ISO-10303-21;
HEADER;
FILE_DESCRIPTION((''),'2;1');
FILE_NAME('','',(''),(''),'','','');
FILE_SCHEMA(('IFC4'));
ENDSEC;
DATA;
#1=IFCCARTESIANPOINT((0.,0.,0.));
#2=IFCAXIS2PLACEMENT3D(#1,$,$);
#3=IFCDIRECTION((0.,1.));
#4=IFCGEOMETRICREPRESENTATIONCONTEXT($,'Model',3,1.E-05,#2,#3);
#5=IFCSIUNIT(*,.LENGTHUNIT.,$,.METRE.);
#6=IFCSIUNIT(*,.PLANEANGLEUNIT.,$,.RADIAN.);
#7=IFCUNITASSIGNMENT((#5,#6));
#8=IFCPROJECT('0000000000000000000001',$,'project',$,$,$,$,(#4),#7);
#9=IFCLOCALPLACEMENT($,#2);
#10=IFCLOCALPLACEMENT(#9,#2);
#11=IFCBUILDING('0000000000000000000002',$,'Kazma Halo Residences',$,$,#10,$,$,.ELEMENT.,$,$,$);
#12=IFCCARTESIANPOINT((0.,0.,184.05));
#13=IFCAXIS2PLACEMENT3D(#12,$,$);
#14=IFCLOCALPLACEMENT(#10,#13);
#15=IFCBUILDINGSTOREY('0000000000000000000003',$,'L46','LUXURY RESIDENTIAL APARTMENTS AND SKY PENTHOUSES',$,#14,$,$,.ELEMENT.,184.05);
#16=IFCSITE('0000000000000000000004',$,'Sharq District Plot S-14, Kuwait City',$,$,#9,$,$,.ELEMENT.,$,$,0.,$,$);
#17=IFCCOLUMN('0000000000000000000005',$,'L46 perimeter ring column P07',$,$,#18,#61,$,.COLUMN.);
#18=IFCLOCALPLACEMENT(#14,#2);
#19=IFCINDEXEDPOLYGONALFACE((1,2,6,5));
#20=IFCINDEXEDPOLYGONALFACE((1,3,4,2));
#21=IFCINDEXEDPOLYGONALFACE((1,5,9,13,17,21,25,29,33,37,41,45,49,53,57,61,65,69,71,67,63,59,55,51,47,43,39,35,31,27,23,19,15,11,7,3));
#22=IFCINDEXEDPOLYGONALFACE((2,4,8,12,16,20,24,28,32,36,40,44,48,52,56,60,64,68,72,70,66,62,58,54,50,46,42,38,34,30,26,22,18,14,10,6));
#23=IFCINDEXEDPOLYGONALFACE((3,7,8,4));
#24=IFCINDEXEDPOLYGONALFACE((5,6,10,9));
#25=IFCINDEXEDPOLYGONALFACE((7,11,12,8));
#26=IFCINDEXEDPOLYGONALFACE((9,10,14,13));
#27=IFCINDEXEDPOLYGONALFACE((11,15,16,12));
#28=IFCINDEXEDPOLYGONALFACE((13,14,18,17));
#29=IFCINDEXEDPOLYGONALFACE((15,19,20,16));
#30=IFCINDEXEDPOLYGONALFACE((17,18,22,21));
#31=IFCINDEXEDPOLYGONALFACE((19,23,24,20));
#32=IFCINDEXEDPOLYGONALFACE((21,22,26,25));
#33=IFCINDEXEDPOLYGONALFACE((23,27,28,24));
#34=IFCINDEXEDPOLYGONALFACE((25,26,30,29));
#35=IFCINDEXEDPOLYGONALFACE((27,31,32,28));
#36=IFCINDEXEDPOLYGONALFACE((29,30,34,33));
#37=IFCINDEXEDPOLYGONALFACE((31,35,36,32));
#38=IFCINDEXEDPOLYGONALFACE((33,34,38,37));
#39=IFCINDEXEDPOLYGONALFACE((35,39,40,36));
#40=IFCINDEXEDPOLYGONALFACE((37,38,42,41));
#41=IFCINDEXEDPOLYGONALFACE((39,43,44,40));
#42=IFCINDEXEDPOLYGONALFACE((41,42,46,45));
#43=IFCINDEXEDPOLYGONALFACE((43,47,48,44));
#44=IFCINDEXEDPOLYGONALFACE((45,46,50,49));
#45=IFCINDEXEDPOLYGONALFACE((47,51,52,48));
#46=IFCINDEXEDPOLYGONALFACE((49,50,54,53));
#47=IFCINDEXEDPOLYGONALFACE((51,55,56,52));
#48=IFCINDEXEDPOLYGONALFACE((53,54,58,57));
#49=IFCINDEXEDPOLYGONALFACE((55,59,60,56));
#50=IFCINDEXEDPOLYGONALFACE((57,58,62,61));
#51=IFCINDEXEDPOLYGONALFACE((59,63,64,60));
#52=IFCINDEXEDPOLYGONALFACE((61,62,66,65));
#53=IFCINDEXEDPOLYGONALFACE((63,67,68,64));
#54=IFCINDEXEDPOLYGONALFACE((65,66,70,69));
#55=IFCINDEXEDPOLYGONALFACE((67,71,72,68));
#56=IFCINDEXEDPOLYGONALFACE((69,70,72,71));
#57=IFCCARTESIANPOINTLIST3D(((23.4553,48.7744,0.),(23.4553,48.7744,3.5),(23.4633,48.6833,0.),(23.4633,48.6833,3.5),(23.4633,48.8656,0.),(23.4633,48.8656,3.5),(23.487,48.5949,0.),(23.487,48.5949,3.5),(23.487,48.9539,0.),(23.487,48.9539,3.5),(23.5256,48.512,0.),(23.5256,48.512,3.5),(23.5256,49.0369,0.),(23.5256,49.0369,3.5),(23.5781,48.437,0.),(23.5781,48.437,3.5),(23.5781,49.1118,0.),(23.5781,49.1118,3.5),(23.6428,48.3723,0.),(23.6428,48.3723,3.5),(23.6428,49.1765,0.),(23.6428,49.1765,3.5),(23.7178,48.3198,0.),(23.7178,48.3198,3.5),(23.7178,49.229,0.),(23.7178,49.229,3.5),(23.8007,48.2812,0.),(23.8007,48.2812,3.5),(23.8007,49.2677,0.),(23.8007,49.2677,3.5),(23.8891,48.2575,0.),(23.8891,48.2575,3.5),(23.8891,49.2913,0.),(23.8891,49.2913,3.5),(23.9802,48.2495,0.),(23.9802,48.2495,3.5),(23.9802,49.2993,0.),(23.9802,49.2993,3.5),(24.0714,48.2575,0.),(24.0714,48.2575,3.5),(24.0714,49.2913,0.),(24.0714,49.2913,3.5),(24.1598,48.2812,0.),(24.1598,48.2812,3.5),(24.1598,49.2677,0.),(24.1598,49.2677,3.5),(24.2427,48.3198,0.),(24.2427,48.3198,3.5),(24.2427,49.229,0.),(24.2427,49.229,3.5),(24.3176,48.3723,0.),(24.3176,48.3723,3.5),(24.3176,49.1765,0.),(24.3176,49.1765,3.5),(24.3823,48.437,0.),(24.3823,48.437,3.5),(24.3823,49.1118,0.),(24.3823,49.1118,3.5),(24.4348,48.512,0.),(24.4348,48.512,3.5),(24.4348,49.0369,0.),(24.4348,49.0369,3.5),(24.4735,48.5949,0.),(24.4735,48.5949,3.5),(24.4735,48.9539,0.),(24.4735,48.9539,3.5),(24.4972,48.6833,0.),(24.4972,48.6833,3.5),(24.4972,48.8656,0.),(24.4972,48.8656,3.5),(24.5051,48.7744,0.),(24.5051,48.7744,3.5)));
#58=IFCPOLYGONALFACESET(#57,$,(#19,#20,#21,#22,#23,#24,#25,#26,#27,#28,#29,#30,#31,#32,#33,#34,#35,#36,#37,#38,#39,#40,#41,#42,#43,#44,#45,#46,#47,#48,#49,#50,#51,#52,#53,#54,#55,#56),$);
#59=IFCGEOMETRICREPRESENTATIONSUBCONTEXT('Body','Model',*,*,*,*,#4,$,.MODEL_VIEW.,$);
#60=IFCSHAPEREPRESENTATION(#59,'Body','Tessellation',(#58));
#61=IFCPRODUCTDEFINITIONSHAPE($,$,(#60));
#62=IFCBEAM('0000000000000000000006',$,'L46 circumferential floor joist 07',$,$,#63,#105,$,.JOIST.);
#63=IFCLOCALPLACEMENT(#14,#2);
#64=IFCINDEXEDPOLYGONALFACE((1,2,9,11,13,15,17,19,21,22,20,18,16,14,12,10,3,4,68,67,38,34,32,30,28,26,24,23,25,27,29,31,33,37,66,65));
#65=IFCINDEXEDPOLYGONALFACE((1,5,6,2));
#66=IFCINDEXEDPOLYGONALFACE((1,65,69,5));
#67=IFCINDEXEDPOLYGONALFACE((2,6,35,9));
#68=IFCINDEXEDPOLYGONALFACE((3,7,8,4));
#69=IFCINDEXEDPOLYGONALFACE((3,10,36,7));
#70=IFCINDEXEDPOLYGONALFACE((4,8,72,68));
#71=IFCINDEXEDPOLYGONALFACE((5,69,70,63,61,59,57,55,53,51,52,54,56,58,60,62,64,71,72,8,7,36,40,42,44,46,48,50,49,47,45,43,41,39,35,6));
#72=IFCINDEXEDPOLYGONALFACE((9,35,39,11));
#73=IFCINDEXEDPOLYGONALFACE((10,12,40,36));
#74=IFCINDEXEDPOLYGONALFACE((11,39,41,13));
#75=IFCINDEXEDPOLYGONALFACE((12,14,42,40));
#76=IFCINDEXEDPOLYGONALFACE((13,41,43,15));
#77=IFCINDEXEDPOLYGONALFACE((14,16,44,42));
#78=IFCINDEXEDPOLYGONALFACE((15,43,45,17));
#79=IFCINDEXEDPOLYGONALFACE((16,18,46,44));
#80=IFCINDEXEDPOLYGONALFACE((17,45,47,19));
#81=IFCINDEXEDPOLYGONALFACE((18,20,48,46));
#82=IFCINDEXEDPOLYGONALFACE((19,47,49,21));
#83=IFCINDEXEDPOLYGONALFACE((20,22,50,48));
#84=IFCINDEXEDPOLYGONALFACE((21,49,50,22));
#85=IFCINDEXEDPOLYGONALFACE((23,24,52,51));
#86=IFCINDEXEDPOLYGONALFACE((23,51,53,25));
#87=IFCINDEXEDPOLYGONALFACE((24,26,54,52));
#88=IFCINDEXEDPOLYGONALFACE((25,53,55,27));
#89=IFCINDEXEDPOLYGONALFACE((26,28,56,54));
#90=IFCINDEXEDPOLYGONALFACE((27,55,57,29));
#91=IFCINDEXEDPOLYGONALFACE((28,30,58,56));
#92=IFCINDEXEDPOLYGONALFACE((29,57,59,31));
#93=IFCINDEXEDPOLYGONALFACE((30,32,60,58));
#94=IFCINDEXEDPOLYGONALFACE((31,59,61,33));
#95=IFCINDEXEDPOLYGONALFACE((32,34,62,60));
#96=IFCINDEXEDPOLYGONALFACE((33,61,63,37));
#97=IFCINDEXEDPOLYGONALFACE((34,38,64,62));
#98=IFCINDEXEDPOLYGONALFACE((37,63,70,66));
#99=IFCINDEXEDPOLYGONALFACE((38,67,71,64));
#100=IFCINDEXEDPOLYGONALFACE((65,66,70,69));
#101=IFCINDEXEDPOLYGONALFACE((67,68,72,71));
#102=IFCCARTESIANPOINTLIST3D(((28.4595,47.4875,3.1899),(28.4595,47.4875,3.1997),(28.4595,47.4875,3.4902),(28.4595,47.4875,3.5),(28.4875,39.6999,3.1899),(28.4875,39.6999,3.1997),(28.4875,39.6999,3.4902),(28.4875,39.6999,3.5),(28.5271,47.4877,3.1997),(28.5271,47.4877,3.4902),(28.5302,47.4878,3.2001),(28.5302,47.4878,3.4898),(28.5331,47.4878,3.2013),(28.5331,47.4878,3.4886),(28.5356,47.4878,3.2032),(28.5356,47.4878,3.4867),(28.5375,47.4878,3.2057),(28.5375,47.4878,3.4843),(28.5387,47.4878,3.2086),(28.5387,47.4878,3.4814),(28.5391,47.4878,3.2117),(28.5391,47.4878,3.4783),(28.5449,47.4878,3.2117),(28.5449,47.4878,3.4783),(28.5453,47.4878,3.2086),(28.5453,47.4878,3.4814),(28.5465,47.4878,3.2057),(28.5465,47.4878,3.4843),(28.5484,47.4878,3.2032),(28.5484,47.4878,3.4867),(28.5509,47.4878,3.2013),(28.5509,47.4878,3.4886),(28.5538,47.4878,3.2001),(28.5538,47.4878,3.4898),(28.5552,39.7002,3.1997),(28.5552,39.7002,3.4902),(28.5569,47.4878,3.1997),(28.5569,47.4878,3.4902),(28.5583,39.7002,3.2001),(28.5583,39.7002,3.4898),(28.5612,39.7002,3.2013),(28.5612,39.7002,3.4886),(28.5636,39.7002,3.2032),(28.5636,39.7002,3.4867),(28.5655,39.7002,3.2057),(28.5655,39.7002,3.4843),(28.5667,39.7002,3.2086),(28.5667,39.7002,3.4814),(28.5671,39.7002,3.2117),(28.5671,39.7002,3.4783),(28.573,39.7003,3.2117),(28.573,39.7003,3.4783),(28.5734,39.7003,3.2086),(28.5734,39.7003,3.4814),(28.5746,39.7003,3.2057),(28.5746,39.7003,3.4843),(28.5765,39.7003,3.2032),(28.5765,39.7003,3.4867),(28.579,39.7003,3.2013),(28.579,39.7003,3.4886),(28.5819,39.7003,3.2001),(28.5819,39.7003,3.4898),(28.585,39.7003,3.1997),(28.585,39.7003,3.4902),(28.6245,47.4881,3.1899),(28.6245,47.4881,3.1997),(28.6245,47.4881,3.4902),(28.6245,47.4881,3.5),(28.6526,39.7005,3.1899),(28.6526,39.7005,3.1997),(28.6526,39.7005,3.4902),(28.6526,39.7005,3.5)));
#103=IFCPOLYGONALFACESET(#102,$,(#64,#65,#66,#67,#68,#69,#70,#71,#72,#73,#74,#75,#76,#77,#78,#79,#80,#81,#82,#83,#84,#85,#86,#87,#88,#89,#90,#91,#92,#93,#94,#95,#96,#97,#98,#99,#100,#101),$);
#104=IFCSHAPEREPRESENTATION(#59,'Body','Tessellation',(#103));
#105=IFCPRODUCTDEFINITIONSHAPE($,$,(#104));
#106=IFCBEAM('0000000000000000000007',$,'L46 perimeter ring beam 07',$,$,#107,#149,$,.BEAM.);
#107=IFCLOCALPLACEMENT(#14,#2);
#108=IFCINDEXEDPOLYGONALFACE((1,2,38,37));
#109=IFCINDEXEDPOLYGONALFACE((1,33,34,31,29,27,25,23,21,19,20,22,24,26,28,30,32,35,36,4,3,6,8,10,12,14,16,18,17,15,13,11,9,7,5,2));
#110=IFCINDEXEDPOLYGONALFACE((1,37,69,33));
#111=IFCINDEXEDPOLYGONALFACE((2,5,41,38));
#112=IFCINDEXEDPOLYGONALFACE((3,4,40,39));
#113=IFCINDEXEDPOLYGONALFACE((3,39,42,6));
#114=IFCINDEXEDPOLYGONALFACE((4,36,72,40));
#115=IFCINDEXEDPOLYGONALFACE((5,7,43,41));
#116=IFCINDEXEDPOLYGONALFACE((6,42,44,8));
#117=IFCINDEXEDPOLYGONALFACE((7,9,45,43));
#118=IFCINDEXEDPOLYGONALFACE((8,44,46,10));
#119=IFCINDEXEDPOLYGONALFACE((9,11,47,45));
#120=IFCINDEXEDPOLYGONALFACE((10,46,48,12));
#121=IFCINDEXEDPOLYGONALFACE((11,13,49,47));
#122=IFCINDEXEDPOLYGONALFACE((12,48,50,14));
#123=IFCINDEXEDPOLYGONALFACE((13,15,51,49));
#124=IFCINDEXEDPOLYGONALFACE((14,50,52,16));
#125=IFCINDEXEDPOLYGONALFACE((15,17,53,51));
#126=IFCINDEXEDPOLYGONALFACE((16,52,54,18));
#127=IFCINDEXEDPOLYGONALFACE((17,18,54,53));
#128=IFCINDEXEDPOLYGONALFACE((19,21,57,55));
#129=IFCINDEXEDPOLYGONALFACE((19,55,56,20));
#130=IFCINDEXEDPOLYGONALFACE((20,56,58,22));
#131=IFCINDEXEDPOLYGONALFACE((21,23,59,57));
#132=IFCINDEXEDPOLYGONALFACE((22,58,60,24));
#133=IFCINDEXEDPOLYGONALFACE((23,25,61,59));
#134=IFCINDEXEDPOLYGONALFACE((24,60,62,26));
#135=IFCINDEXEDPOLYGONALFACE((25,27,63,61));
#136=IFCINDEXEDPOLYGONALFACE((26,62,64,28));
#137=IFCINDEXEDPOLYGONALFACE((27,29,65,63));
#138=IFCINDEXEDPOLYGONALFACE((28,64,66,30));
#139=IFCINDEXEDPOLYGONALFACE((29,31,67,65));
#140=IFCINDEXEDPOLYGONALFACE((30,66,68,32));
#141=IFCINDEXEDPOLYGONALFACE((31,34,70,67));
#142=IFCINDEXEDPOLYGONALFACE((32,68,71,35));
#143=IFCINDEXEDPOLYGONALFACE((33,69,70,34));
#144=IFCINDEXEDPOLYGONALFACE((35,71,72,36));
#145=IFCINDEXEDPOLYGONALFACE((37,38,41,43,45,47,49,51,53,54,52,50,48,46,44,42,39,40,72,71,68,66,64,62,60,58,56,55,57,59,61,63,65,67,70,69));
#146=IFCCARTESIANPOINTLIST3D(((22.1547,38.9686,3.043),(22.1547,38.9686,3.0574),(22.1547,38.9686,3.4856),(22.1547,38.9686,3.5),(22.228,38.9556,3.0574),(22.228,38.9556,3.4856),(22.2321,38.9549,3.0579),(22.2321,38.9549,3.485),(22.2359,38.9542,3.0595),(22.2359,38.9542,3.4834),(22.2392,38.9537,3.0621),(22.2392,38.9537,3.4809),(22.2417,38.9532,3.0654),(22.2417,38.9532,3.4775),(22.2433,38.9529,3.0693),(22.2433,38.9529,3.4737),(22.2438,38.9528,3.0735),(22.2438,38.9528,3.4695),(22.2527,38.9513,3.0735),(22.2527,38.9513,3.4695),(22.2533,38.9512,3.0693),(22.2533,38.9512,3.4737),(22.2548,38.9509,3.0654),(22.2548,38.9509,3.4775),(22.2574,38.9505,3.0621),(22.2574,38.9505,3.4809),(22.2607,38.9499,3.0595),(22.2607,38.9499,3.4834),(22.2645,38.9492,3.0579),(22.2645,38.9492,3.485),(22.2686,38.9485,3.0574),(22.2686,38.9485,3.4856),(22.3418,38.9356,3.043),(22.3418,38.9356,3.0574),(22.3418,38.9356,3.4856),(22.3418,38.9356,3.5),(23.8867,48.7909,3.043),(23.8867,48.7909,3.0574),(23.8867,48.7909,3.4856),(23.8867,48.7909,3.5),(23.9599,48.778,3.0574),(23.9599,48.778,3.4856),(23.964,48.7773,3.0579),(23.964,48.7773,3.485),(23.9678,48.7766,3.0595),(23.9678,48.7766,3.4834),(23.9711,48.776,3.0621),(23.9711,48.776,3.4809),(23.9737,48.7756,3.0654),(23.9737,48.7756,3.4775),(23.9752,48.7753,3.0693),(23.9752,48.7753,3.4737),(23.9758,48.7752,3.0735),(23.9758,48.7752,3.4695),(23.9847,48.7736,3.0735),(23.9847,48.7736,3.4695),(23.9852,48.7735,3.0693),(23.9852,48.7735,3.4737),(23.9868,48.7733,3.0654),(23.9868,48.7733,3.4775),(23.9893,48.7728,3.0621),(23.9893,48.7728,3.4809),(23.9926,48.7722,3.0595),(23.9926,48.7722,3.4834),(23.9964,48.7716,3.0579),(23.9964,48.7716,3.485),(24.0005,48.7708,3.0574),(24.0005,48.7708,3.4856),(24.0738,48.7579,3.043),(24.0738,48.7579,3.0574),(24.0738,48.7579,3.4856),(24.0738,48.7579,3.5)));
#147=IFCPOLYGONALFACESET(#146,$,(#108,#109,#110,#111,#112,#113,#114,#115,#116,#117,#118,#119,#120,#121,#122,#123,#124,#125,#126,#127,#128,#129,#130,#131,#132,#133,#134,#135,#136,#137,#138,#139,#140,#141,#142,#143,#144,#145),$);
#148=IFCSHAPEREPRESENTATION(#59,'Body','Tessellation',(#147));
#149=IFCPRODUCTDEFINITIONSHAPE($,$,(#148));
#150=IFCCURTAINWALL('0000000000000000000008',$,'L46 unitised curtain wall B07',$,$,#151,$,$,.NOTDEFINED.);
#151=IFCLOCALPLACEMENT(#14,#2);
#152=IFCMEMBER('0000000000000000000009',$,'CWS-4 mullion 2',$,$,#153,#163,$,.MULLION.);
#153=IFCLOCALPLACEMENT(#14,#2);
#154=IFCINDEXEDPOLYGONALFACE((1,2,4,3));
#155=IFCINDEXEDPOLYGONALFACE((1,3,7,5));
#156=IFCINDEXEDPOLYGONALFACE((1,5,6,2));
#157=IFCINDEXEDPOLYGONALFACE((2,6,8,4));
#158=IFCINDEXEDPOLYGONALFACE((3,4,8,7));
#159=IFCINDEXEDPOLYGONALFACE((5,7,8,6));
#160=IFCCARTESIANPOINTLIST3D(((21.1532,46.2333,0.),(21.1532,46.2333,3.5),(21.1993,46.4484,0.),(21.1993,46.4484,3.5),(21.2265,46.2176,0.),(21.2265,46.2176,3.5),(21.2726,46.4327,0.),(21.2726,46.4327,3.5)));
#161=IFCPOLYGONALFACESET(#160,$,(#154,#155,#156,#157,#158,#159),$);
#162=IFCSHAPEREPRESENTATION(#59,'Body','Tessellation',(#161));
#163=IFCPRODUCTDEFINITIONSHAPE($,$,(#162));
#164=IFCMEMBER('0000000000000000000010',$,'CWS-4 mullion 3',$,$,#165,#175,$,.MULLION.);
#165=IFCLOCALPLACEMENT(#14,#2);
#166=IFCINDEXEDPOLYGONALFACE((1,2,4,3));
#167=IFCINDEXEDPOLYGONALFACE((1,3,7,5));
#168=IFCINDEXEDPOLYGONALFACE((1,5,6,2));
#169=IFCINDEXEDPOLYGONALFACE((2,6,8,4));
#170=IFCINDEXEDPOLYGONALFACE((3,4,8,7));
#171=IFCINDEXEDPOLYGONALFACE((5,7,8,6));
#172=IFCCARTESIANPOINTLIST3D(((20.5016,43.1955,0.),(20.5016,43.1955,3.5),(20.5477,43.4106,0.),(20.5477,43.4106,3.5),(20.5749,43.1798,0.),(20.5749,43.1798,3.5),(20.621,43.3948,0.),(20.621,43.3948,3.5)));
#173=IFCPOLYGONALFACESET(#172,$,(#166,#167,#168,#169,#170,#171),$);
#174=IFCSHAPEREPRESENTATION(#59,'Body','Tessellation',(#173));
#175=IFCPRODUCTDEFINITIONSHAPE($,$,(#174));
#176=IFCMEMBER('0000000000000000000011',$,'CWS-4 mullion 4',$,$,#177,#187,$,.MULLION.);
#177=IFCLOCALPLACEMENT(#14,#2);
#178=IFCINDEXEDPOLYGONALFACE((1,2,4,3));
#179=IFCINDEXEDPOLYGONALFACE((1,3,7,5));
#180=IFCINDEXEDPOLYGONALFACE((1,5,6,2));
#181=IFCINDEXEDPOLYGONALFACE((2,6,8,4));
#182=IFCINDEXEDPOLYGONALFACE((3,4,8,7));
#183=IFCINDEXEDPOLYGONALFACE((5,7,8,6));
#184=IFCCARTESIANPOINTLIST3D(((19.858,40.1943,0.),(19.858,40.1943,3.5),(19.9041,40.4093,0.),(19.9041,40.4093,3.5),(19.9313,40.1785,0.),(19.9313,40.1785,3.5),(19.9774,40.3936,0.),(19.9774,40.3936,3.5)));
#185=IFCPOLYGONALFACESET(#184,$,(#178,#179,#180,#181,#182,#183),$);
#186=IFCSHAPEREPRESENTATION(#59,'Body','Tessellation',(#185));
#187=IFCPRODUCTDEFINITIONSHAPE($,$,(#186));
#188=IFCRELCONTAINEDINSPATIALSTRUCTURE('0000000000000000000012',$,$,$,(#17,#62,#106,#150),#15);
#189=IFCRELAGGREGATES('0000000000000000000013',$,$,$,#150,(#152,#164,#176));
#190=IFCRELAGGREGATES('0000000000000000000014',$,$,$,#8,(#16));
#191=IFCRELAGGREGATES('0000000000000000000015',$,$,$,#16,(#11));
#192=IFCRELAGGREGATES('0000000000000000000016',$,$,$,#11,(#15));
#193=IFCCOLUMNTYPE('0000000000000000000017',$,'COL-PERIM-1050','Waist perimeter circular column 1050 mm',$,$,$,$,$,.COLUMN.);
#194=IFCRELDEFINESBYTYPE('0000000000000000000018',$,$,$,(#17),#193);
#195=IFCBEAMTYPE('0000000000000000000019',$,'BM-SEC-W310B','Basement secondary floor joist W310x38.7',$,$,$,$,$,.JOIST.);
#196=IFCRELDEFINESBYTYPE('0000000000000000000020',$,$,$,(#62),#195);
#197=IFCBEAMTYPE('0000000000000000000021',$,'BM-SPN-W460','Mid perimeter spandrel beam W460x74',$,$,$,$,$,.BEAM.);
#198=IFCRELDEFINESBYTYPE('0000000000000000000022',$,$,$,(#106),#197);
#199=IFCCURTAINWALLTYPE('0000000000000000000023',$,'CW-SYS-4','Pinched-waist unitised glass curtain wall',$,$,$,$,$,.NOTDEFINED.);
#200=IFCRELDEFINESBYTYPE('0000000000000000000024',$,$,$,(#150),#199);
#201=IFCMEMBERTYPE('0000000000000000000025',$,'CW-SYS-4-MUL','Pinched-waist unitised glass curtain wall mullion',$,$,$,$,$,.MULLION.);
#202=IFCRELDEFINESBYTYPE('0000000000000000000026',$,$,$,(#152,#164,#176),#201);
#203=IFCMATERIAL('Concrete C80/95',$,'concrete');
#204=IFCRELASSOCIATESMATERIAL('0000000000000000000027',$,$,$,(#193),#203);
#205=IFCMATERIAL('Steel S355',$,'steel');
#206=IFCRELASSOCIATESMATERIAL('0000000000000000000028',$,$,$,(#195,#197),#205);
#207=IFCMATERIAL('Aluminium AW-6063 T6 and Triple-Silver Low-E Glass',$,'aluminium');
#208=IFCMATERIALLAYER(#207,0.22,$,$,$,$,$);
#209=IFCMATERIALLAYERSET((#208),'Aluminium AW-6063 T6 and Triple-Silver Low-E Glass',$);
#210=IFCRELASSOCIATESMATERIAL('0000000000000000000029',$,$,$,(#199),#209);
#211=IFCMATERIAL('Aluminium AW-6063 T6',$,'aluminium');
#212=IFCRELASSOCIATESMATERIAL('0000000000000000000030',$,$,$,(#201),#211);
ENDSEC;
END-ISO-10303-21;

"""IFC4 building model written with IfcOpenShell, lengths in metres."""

from ifc_helpers import new_model, si_unit, direction, frame, origin, origin_2d, place, context, subcontext, project, spatial, rectangle, circle, i_section, extrude, material, layer, layer_set, material_profile, profile_set, type_object, element, aggregate, save


model = new_model("IFC4")

# Units and contexts
model_context = context("Model", 3, precision=1e-05, world=origin(), true_north=direction((0.0, 1.0)))
body_context = subcontext(model_context, "Body", "Model", "MODEL_VIEW")
ifc_project = project(units=[si_unit("LENGTHUNIT", "METRE"), si_unit("PLANEANGLEUNIT", "RADIAN")], contexts=[model_context])

# Site, building, storey
site_placement = place(None, origin())
site = spatial("IfcSite", under=ifc_project, at=site_placement, Name="Sharq District Plot S-14, Kuwait City", CompositionType="ELEMENT", RefElevation=0.0)
building_placement = place(site_placement, origin())
building = spatial("IfcBuilding", under=site, at=building_placement, Name="Kazma Halo Residences", CompositionType="ELEMENT")
storey_placement = place(building_placement, frame((0.0, 0.0, 184.05)))
storey = spatial("IfcBuildingStorey", under=building, at=storey_placement, Name="L46", Description="LUXURY RESIDENTIAL APARTMENTS AND SKY PENTHOUSES", CompositionType="ELEMENT", Elevation=184.05)

# Column
ifc_material_1 = material(Name="Concrete C80/95", Category="concrete")
ifc_material_profile_1 = material_profile(ifc_material_1, circle(Radius=0.5249, at=origin_2d()), Name="CIRC1050")
ifc_profile_set_1 = profile_set([ifc_material_profile_1], Name="Concrete C80/95")
column_type = type_object("IfcColumnType", Name="COL-PERIM-1050", Description="Waist perimeter circular column 1050 mm", PredefinedType="COLUMN", material=ifc_profile_set_1)
column_placement = place(storey_placement, frame((23.9802, 48.7744, 0.0), z_axis=(0.0, 0.0, 1.0), x_axis=(1.0, 0.0, 0.0)))
element("IfcColumn", 1, at=column_placement, inside=storey, type_object=column_type, Name="L46 perimeter ring column P07", PredefinedType="COLUMN", context=body_context, shape_type="SweptSolid", body=[
    extrude(circle(Radius=0.5249, at=origin_2d()), origin(), (0.0, 0.0, 1.0), 3.5),
])

# Beams
ifc_material_2 = material(Name="Steel S355", Category="steel")
ifc_material_profile_2 = material_profile(ifc_material_2, i_section(OverallWidth=0.165, OverallDepth=0.3101, WebThickness=0.0059, FlangeThickness=0.0098, FilletRadius=0.012, at=origin_2d()), Name="W310x38.7")
ifc_profile_set_2 = profile_set([ifc_material_profile_2], Name="Steel S355")
beam_type_1 = type_object("IfcBeamType", Name="BM-SEC-W310B", Description="Basement secondary floor joist W310x38.7", PredefinedType="JOIST", material=ifc_profile_set_2)
beam_1_placement = place(storey_placement, frame((28.542, 47.4878, 3.345), z_axis=(0.003605, -0.999994, 0.0), x_axis=(0.999994, 0.003605, 0.0)))
element("IfcBeam", 2, at=beam_1_placement, inside=storey, type_object=beam_type_1, Name="L46 circumferential floor joist 07", PredefinedType="JOIST", context=body_context, shape_type="SweptSolid", body=[
    extrude(i_section(OverallWidth=0.165, OverallDepth=0.3101, WebThickness=0.0059, FlangeThickness=0.0098, FilletRadius=0.012, at=origin_2d()), origin(), (0.0, 0.0, 1.0), 7.7876),
])
ifc_material_profile_3 = material_profile(ifc_material_2, i_section(OverallWidth=0.1899, OverallDepth=0.457, WebThickness=0.009, FlangeThickness=0.0144, FilletRadius=0.0161, at=origin_2d()), Name="W460x74")
ifc_profile_set_3 = profile_set([ifc_material_profile_3], Name="Steel S355")
beam_type_2 = type_object("IfcBeamType", Name="BM-SPN-W460", Description="Mid perimeter spandrel beam W460x74", PredefinedType="BEAM", material=ifc_profile_set_3)
beam_2_placement = place(storey_placement, frame((23.9802, 48.7744, 3.2715), z_axis=(-0.173648, -0.984808, 0.0), x_axis=(0.984808, -0.173648, 0.0)))
element("IfcBeam", 3, at=beam_2_placement, inside=storey, type_object=beam_type_2, Name="L46 perimeter ring beam 07", PredefinedType="BEAM", context=body_context, shape_type="SweptSolid", body=[
    extrude(i_section(OverallWidth=0.1899, OverallDepth=0.457, WebThickness=0.009, FlangeThickness=0.0144, FilletRadius=0.0161, at=origin_2d()), origin(), (0.0, 0.0, 1.0), 9.9739),
])

# Curtain wall, members
ifc_material_3 = material(Name="Aluminium AW-6063 T6 and Triple-Silver Low-E Glass", Category="aluminium")
ifc_layer_1 = layer(ifc_material_3, 0.22)
ifc_layer_set_1 = layer_set([ifc_layer_1], Name="Aluminium AW-6063 T6 and Triple-Silver Low-E Glass")
curtain_wall_type = type_object("IfcCurtainWallType", Name="CW-SYS-4", Description="Pinched-waist unitised glass curtain wall", PredefinedType="NOTDEFINED", material=ifc_layer_set_1)
curtain_wall_placement = place(storey_placement, origin())
curtain_wall = element("IfcCurtainWall", 4, at=curtain_wall_placement, inside=storey, type_object=curtain_wall_type, Name="L46 unitised curtain wall B07", PredefinedType="NOTDEFINED")
ifc_material_4 = material(Name="Aluminium AW-6063 T6", Category="aluminium")
ifc_material_profile_4 = material_profile(ifc_material_4, rectangle(XDim=0.075, YDim=0.22, at=origin_2d()), Name="CWM-75x220")
ifc_profile_set_4 = profile_set([ifc_material_profile_4], Name="Aluminium AW-6063 T6")
member_type_1 = type_object("IfcMemberType", Name="CW-SYS-4-MUL", Description="Pinched-waist unitised glass curtain wall mullion", PredefinedType="MULLION", material=ifc_profile_set_4)
member_1_placement = place(storey_placement, frame((21.2129, 46.333, 0.0), z_axis=(0.0, 0.0, 1.0), x_axis=(0.977768, -0.20969, 0.0)))
member_1 = element("IfcMember", 5, at=member_1_placement, type_object=member_type_1, Name="CWS-4 mullion 2", PredefinedType="MULLION", context=body_context, shape_type="SweptSolid", body=[
    extrude(rectangle(XDim=0.075, YDim=0.22, at=origin_2d()), origin(), (0.0, 0.0, 1.0), 3.5),
])
member_2_placement = place(storey_placement, frame((20.5613, 43.2952, 0.0), z_axis=(0.0, 0.0, 1.0), x_axis=(0.977768, -0.20969, 0.0)))
member_2 = element("IfcMember", 6, at=member_2_placement, type_object=member_type_1, Name="CWS-4 mullion 3", PredefinedType="MULLION", context=body_context, shape_type="SweptSolid", body=[
    extrude(rectangle(XDim=0.075, YDim=0.22, at=origin_2d()), origin(), (0.0, 0.0, 1.0), 3.5),
])
member_3_placement = place(storey_placement, frame((19.9177, 40.2939, 0.0), z_axis=(0.0, 0.0, 1.0), x_axis=(0.977768, -0.20969, 0.0)))
member_3 = element("IfcMember", 7, at=member_3_placement, type_object=member_type_1, Name="CWS-4 mullion 4", PredefinedType="MULLION", context=body_context, shape_type="SweptSolid", body=[
    extrude(rectangle(XDim=0.075, YDim=0.22, at=origin_2d()), origin(), (0.0, 0.0, 1.0), 3.5),
])
aggregate(curtain_wall, [member_1, member_2, member_3])

save(model, "model.ifc")
